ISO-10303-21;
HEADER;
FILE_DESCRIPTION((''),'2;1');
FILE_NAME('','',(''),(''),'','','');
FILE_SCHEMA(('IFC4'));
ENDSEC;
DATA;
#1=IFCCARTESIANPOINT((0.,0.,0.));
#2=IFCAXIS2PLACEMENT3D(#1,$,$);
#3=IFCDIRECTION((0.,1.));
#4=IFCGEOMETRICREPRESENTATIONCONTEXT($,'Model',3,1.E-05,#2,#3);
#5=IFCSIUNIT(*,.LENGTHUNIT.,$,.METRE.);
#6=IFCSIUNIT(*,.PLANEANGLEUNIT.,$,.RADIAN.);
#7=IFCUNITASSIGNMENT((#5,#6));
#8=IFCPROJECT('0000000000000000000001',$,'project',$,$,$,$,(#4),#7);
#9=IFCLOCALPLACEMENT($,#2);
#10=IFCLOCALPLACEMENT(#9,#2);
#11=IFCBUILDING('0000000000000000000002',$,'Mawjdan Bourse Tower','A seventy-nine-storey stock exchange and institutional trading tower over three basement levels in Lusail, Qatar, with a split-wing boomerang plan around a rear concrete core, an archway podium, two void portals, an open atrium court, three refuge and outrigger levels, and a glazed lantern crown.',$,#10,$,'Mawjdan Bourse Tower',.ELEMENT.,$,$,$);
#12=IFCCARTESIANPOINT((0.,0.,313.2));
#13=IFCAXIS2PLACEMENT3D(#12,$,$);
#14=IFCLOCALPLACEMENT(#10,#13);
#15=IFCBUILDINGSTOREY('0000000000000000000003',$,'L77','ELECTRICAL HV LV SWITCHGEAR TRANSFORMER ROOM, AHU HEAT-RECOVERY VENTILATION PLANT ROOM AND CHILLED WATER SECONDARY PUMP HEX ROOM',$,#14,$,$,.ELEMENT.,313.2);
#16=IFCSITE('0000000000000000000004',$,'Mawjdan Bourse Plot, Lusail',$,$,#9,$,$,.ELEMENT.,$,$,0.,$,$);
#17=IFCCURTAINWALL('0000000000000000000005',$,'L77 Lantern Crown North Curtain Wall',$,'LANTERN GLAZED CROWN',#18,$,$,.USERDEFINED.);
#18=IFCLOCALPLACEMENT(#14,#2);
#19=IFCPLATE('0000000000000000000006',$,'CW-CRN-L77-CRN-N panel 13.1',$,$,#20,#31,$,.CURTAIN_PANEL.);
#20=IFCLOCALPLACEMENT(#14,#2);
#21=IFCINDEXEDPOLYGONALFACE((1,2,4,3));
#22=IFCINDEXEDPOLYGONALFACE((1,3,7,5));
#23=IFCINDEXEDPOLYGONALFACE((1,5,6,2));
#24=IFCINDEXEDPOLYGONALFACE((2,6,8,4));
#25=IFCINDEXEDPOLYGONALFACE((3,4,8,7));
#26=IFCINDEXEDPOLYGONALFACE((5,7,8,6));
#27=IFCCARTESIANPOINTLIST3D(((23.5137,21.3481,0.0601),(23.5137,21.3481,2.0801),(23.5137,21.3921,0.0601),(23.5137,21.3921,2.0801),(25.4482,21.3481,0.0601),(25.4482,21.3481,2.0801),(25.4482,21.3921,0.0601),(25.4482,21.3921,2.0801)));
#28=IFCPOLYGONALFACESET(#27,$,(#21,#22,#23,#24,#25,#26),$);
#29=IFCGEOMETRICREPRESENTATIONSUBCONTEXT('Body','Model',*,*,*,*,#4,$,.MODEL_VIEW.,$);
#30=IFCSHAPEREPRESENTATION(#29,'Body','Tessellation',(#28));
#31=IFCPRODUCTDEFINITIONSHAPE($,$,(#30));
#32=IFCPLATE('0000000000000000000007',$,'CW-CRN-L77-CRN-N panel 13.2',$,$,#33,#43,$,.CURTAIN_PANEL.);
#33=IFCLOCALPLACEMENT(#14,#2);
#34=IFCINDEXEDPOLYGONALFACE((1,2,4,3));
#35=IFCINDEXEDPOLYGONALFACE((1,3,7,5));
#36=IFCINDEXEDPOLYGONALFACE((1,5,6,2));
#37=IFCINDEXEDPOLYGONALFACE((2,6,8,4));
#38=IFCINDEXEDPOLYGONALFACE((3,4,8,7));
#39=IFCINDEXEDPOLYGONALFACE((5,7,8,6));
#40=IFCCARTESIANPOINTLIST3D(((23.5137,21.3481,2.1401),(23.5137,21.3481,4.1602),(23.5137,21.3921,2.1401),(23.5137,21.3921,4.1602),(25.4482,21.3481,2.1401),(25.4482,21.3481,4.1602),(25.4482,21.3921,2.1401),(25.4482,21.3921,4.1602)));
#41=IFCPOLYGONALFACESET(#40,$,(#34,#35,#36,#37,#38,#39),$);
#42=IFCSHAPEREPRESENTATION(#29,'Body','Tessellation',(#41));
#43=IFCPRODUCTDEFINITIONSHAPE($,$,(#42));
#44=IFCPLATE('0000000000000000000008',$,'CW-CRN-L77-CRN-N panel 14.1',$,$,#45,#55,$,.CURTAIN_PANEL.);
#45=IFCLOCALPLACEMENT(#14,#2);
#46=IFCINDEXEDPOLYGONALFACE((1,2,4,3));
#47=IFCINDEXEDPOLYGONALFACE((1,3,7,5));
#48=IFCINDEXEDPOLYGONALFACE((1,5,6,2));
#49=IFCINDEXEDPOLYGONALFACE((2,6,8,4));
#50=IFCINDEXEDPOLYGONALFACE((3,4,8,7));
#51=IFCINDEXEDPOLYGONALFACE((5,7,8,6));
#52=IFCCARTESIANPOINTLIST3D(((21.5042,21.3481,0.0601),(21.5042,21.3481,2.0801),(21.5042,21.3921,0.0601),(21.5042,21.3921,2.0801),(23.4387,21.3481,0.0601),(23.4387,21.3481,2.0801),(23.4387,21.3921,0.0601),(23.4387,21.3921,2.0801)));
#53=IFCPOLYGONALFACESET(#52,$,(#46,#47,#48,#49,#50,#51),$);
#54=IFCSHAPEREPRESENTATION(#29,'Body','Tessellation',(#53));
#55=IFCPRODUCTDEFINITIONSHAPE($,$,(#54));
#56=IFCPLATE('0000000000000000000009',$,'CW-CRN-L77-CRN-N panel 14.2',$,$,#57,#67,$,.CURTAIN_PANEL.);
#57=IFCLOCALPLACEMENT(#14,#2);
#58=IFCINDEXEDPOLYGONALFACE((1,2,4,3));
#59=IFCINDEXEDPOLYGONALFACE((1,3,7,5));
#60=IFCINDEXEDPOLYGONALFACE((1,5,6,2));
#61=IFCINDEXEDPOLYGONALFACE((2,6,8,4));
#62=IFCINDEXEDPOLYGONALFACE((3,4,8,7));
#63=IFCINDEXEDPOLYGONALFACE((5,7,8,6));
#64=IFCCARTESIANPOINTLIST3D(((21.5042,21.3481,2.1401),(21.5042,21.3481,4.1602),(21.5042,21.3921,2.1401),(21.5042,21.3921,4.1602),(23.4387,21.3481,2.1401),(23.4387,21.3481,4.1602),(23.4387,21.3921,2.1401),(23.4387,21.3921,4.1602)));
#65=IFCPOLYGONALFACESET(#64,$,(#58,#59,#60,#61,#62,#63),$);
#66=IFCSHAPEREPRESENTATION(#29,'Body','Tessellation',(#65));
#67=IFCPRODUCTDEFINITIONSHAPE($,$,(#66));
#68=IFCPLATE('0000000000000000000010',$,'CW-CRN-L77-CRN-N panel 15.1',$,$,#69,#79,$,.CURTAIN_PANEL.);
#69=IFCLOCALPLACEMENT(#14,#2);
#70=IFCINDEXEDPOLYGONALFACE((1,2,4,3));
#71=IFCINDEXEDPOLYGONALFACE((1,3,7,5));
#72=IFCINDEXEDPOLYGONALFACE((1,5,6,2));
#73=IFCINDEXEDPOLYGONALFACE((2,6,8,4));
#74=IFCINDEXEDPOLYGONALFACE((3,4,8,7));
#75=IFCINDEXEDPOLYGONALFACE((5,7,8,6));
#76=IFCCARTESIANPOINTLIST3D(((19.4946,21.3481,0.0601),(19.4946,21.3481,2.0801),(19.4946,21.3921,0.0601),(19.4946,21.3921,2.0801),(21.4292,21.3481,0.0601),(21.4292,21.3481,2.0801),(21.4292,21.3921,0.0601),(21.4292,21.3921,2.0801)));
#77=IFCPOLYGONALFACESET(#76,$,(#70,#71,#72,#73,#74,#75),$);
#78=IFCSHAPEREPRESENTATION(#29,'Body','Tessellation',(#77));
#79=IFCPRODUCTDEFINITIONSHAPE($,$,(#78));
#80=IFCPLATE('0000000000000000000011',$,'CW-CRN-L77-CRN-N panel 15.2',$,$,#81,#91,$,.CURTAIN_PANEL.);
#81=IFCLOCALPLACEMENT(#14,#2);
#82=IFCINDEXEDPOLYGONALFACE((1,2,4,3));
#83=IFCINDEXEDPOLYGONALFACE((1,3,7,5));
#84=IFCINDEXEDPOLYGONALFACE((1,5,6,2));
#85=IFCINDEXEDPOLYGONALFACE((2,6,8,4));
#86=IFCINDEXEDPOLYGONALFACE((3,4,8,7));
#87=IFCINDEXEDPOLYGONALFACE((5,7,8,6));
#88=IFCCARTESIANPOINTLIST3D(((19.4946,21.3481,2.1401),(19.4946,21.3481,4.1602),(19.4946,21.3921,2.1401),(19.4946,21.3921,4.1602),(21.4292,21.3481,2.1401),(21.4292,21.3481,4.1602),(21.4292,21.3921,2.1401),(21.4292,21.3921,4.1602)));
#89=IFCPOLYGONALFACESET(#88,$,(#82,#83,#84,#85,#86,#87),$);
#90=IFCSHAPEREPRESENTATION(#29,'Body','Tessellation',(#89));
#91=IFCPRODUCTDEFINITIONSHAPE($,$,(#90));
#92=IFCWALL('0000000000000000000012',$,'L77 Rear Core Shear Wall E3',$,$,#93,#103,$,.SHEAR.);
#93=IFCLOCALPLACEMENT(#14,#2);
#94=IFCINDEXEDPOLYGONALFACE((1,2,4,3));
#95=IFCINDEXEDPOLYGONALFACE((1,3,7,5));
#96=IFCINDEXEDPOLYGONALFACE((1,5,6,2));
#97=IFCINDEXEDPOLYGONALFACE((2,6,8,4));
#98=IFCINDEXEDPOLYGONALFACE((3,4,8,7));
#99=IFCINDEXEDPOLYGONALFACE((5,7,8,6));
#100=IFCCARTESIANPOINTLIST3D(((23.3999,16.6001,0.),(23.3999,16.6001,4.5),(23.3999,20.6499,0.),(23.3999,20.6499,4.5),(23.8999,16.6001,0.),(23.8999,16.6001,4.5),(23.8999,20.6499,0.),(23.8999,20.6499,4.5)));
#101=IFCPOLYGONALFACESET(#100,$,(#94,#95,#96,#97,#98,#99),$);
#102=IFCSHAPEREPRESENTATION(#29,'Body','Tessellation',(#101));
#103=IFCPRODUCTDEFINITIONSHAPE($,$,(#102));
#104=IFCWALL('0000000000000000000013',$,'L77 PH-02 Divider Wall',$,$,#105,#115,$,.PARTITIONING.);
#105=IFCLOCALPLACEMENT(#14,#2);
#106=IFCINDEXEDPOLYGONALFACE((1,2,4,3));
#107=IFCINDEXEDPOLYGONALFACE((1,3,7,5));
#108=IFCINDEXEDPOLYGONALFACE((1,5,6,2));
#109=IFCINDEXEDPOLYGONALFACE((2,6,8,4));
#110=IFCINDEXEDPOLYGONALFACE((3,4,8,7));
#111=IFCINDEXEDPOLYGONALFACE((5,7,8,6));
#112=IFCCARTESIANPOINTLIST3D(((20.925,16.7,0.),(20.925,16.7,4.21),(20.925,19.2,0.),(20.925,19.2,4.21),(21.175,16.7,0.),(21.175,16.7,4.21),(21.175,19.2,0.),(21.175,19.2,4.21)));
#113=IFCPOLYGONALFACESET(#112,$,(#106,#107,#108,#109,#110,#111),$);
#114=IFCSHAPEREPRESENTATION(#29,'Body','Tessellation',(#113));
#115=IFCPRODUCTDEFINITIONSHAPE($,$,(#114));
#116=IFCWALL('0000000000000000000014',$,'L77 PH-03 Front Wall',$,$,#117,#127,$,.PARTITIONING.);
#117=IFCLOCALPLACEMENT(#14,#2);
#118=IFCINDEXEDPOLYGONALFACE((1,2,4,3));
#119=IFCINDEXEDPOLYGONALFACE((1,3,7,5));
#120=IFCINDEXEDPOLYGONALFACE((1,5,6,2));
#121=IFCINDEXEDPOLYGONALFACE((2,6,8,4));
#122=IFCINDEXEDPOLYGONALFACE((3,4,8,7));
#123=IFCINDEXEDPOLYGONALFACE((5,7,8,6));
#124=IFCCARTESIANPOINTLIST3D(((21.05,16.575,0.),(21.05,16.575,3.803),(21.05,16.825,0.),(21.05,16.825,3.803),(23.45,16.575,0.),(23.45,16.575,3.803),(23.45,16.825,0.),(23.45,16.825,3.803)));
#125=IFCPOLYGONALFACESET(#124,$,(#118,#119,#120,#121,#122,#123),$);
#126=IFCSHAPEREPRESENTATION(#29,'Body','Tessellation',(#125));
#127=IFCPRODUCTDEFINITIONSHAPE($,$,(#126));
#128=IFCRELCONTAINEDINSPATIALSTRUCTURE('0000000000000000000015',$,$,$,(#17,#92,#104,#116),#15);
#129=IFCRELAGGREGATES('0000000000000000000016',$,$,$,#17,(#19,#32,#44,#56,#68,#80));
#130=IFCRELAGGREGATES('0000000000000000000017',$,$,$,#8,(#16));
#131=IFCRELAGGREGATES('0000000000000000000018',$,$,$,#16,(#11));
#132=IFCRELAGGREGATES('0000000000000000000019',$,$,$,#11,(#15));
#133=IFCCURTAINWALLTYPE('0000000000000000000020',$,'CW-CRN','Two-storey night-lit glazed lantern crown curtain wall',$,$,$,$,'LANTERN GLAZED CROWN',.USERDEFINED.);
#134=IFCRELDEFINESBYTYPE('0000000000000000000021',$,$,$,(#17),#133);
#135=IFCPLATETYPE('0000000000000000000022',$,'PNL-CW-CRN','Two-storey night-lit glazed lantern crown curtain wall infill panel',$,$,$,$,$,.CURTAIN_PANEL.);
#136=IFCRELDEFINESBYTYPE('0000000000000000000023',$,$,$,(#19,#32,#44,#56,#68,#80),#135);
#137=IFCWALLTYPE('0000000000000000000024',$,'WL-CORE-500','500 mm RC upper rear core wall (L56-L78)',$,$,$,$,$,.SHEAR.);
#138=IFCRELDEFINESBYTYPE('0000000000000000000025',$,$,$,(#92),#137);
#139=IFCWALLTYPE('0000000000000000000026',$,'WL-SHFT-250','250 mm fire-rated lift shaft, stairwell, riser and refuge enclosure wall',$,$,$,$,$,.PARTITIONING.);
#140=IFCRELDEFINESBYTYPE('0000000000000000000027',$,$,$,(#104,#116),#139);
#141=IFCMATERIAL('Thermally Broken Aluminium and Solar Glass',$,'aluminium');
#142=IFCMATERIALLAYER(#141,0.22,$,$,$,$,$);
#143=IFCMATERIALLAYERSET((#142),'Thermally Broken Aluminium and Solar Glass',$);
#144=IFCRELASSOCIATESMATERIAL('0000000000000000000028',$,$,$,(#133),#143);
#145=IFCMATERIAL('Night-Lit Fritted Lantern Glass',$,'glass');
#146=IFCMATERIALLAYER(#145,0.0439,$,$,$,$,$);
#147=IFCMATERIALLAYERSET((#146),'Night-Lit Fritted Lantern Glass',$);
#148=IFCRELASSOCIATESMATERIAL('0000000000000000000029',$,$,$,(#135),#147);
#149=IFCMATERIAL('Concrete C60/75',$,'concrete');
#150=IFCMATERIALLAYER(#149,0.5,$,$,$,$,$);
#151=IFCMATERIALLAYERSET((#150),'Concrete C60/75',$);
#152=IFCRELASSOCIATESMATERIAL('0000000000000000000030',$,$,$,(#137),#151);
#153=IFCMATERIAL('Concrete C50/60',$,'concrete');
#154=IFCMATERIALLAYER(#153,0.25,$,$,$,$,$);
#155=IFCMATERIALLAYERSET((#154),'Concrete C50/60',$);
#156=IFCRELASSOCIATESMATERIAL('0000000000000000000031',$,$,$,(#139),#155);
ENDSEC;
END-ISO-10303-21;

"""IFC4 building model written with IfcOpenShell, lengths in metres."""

from ifc_helpers import new_model, si_unit, direction, frame, frame_2d, origin, origin_2d, place, context, subcontext, project, spatial, rectangle, extrude, material, layer, layer_set, type_object, element, aggregate, save


model = new_model("IFC4")

# Units and contexts
model_context = context("Model", 3, precision=1e-05, world=origin(), true_north=direction((0.0, 1.0)))
body_context = subcontext(model_context, "Body", "Model", "MODEL_VIEW")
ifc_project = project(units=[si_unit("LENGTHUNIT", "METRE"), si_unit("PLANEANGLEUNIT", "RADIAN")], contexts=[model_context])

# Site, building, storey
site_placement = place(None, origin())
site = spatial("IfcSite", under=ifc_project, at=site_placement, Name="Mawjdan Bourse Plot, Lusail", CompositionType="ELEMENT", RefElevation=0.0)
building_placement = place(site_placement, origin())
building = spatial("IfcBuilding", under=site, at=building_placement, Name="Mawjdan Bourse Tower", Description="A seventy-nine-storey stock exchange and institutional trading tower over three basement levels in Lusail, Qatar, with a split-wing boomerang plan around a rear concrete core, an archway podium, two void portals, an open atrium court, three refuge and outrigger levels, and a glazed lantern crown.", LongName="Mawjdan Bourse Tower", CompositionType="ELEMENT")
storey_placement = place(building_placement, frame((0.0, 0.0, 313.2)))
storey = spatial("IfcBuildingStorey", under=building, at=storey_placement, Name="L77", Description="ELECTRICAL HV LV SWITCHGEAR TRANSFORMER ROOM, AHU HEAT-RECOVERY VENTILATION PLANT ROOM AND CHILLED WATER SECONDARY PUMP HEX ROOM", CompositionType="ELEMENT", Elevation=313.2)

# Curtain wall
ifc_material_1 = material(Name="Thermally Broken Aluminium and Solar Glass", Category="aluminium")
ifc_layer_1 = layer(ifc_material_1, 0.22)
ifc_layer_set_1 = layer_set([ifc_layer_1], Name="Thermally Broken Aluminium and Solar Glass")
curtain_wall_type = type_object("IfcCurtainWallType", Name="CW-CRN", Description="Two-storey night-lit glazed lantern crown curtain wall", ElementType="LANTERN GLAZED CROWN", PredefinedType="USERDEFINED", material=ifc_layer_set_1)
curtain_wall_placement = place(storey_placement, origin())
curtain_wall = element("IfcCurtainWall", 1, at=curtain_wall_placement, inside=storey, type_object=curtain_wall_type, Name="L77 Lantern Crown North Curtain Wall", ObjectType="LANTERN GLAZED CROWN", PredefinedType="USERDEFINED")

# Plates
ifc_material_2 = material(Name="Night-Lit Fritted Lantern Glass", Category="glass")
ifc_layer_2 = layer(ifc_material_2, 0.0439)
ifc_layer_set_2 = layer_set([ifc_layer_2], Name="Night-Lit Fritted Lantern Glass")
plate_type = type_object("IfcPlateType", Name="PNL-CW-CRN", Description="Two-storey night-lit glazed lantern crown curtain wall infill panel", PredefinedType="CURTAIN_PANEL", material=ifc_layer_set_2)
plate_1_placement = place(storey_placement, frame((24.481, 21.3701, 0.0601), z_axis=(0.0, 0.0, 1.0), x_axis=(-1.0, 0.0, 0.0)))
plate_1 = element("IfcPlate", 2, at=plate_1_placement, type_object=plate_type, Name="CW-CRN-L77-CRN-N panel 13.1", PredefinedType="CURTAIN_PANEL", context=body_context, shape_type="SweptSolid", body=[
    extrude(rectangle(XDim=1.9346, YDim=0.0439, at=origin_2d()), origin(), (0.0, 0.0, 1.0), 2.02),
])
plate_2_placement = place(storey_placement, frame((24.481, 21.3701, 2.1401), z_axis=(0.0, 0.0, 1.0), x_axis=(-1.0, 0.0, 0.0)))
plate_2 = element("IfcPlate", 3, at=plate_2_placement, type_object=plate_type, Name="CW-CRN-L77-CRN-N panel 13.2", PredefinedType="CURTAIN_PANEL", context=body_context, shape_type="SweptSolid", body=[
    extrude(rectangle(XDim=1.9346, YDim=0.0439, at=origin_2d()), origin(), (0.0, 0.0, 1.0), 2.02),
])
plate_3_placement = place(storey_placement, frame((22.4714, 21.3701, 0.0601), z_axis=(0.0, 0.0, 1.0), x_axis=(-1.0, 0.0, 0.0)))
plate_3 = element("IfcPlate", 4, at=plate_3_placement, type_object=plate_type, Name="CW-CRN-L77-CRN-N panel 14.1", PredefinedType="CURTAIN_PANEL", context=body_context, shape_type="SweptSolid", body=[
    extrude(rectangle(XDim=1.9346, YDim=0.0439, at=origin_2d()), origin(), (0.0, 0.0, 1.0), 2.02),
])
plate_4_placement = place(storey_placement, frame((22.4714, 21.3701, 2.1401), z_axis=(0.0, 0.0, 1.0), x_axis=(-1.0, 0.0, 0.0)))
plate_4 = element("IfcPlate", 5, at=plate_4_placement, type_object=plate_type, Name="CW-CRN-L77-CRN-N panel 14.2", PredefinedType="CURTAIN_PANEL", context=body_context, shape_type="SweptSolid", body=[
    extrude(rectangle(XDim=1.9346, YDim=0.0439, at=origin_2d()), origin(), (0.0, 0.0, 1.0), 2.02),
])
plate_5_placement = place(storey_placement, frame((20.4619, 21.3701, 0.0601), z_axis=(0.0, 0.0, 1.0), x_axis=(-1.0, 0.0, 0.0)))
plate_5 = element("IfcPlate", 6, at=plate_5_placement, type_object=plate_type, Name="CW-CRN-L77-CRN-N panel 15.1", PredefinedType="CURTAIN_PANEL", context=body_context, shape_type="SweptSolid", body=[
    extrude(rectangle(XDim=1.9346, YDim=0.0439, at=origin_2d()), origin(), (0.0, 0.0, 1.0), 2.02),
])
plate_6_placement = place(storey_placement, frame((20.4619, 21.3701, 2.1401), z_axis=(0.0, 0.0, 1.0), x_axis=(-1.0, 0.0, 0.0)))
plate_6 = element("IfcPlate", 7, at=plate_6_placement, type_object=plate_type, Name="CW-CRN-L77-CRN-N panel 15.2", PredefinedType="CURTAIN_PANEL", context=body_context, shape_type="SweptSolid", body=[
    extrude(rectangle(XDim=1.9346, YDim=0.0439, at=origin_2d()), origin(), (0.0, 0.0, 1.0), 2.02),
])
aggregate(curtain_wall, [plate_1, plate_2, plate_3, plate_4, plate_5, plate_6])

# Walls
ifc_material_3 = material(Name="Concrete C60/75", Category="concrete")
ifc_layer_3 = layer(ifc_material_3, 0.5)
ifc_layer_set_3 = layer_set([ifc_layer_3], Name="Concrete C60/75")
wall_type_1 = type_object("IfcWallType", Name="WL-CORE-500", Description="500 mm RC upper rear core wall (L56-L78)", PredefinedType="SHEAR", material=ifc_layer_set_3)
wall_1_placement = place(storey_placement, frame((23.6499, 16.6001, 0.0), z_axis=(0.0, 0.0, 1.0), x_axis=(0.0, 1.0, 0.0)))
element("IfcWall", 8, at=wall_1_placement, inside=storey, type_object=wall_type_1, Name="L77 Rear Core Shear Wall E3", PredefinedType="SHEAR", context=body_context, shape_type="SweptSolid", body=[
    extrude(rectangle(XDim=4.0498, YDim=0.5, at=frame_2d((2.0249, 0.0))), origin(), (0.0, 0.0, 1.0), 4.5),
])
ifc_material_4 = material(Name="Concrete C50/60", Category="concrete")
ifc_layer_4 = layer(ifc_material_4, 0.25)
ifc_layer_set_4 = layer_set([ifc_layer_4], Name="Concrete C50/60")
wall_type_2 = type_object("IfcWallType", Name="WL-SHFT-250", Description="250 mm fire-rated lift shaft, stairwell, riser and refuge enclosure wall", PredefinedType="PARTITIONING", material=ifc_layer_set_4)
wall_2_placement = place(storey_placement, frame((21.05, 16.7, 0.0), z_axis=(0.0, 0.0, 1.0), x_axis=(0.0, 1.0, 0.0)))
element("IfcWall", 9, at=wall_2_placement, inside=storey, type_object=wall_type_2, Name="L77 PH-02 Divider Wall", PredefinedType="PARTITIONING", context=body_context, shape_type="SweptSolid", body=[
    extrude(rectangle(XDim=2.5, YDim=0.25, at=frame_2d((1.25, 0.0))), origin(), (0.0, 0.0, 1.0), 4.21),
])
wall_3_placement = place(storey_placement, frame((21.05, 16.7, 0.0), z_axis=(0.0, 0.0, 1.0), x_axis=(1.0, 0.0, 0.0)))
element("IfcWall", 10, at=wall_3_placement, inside=storey, type_object=wall_type_2, Name="L77 PH-03 Front Wall", PredefinedType="PARTITIONING", context=body_context, shape_type="SweptSolid", body=[
    extrude(rectangle(XDim=2.3999, YDim=0.25, at=frame_2d((1.2, 0.0))), origin(), (0.0, 0.0, 1.0), 3.803),
])

save(model, "model.ifc")
